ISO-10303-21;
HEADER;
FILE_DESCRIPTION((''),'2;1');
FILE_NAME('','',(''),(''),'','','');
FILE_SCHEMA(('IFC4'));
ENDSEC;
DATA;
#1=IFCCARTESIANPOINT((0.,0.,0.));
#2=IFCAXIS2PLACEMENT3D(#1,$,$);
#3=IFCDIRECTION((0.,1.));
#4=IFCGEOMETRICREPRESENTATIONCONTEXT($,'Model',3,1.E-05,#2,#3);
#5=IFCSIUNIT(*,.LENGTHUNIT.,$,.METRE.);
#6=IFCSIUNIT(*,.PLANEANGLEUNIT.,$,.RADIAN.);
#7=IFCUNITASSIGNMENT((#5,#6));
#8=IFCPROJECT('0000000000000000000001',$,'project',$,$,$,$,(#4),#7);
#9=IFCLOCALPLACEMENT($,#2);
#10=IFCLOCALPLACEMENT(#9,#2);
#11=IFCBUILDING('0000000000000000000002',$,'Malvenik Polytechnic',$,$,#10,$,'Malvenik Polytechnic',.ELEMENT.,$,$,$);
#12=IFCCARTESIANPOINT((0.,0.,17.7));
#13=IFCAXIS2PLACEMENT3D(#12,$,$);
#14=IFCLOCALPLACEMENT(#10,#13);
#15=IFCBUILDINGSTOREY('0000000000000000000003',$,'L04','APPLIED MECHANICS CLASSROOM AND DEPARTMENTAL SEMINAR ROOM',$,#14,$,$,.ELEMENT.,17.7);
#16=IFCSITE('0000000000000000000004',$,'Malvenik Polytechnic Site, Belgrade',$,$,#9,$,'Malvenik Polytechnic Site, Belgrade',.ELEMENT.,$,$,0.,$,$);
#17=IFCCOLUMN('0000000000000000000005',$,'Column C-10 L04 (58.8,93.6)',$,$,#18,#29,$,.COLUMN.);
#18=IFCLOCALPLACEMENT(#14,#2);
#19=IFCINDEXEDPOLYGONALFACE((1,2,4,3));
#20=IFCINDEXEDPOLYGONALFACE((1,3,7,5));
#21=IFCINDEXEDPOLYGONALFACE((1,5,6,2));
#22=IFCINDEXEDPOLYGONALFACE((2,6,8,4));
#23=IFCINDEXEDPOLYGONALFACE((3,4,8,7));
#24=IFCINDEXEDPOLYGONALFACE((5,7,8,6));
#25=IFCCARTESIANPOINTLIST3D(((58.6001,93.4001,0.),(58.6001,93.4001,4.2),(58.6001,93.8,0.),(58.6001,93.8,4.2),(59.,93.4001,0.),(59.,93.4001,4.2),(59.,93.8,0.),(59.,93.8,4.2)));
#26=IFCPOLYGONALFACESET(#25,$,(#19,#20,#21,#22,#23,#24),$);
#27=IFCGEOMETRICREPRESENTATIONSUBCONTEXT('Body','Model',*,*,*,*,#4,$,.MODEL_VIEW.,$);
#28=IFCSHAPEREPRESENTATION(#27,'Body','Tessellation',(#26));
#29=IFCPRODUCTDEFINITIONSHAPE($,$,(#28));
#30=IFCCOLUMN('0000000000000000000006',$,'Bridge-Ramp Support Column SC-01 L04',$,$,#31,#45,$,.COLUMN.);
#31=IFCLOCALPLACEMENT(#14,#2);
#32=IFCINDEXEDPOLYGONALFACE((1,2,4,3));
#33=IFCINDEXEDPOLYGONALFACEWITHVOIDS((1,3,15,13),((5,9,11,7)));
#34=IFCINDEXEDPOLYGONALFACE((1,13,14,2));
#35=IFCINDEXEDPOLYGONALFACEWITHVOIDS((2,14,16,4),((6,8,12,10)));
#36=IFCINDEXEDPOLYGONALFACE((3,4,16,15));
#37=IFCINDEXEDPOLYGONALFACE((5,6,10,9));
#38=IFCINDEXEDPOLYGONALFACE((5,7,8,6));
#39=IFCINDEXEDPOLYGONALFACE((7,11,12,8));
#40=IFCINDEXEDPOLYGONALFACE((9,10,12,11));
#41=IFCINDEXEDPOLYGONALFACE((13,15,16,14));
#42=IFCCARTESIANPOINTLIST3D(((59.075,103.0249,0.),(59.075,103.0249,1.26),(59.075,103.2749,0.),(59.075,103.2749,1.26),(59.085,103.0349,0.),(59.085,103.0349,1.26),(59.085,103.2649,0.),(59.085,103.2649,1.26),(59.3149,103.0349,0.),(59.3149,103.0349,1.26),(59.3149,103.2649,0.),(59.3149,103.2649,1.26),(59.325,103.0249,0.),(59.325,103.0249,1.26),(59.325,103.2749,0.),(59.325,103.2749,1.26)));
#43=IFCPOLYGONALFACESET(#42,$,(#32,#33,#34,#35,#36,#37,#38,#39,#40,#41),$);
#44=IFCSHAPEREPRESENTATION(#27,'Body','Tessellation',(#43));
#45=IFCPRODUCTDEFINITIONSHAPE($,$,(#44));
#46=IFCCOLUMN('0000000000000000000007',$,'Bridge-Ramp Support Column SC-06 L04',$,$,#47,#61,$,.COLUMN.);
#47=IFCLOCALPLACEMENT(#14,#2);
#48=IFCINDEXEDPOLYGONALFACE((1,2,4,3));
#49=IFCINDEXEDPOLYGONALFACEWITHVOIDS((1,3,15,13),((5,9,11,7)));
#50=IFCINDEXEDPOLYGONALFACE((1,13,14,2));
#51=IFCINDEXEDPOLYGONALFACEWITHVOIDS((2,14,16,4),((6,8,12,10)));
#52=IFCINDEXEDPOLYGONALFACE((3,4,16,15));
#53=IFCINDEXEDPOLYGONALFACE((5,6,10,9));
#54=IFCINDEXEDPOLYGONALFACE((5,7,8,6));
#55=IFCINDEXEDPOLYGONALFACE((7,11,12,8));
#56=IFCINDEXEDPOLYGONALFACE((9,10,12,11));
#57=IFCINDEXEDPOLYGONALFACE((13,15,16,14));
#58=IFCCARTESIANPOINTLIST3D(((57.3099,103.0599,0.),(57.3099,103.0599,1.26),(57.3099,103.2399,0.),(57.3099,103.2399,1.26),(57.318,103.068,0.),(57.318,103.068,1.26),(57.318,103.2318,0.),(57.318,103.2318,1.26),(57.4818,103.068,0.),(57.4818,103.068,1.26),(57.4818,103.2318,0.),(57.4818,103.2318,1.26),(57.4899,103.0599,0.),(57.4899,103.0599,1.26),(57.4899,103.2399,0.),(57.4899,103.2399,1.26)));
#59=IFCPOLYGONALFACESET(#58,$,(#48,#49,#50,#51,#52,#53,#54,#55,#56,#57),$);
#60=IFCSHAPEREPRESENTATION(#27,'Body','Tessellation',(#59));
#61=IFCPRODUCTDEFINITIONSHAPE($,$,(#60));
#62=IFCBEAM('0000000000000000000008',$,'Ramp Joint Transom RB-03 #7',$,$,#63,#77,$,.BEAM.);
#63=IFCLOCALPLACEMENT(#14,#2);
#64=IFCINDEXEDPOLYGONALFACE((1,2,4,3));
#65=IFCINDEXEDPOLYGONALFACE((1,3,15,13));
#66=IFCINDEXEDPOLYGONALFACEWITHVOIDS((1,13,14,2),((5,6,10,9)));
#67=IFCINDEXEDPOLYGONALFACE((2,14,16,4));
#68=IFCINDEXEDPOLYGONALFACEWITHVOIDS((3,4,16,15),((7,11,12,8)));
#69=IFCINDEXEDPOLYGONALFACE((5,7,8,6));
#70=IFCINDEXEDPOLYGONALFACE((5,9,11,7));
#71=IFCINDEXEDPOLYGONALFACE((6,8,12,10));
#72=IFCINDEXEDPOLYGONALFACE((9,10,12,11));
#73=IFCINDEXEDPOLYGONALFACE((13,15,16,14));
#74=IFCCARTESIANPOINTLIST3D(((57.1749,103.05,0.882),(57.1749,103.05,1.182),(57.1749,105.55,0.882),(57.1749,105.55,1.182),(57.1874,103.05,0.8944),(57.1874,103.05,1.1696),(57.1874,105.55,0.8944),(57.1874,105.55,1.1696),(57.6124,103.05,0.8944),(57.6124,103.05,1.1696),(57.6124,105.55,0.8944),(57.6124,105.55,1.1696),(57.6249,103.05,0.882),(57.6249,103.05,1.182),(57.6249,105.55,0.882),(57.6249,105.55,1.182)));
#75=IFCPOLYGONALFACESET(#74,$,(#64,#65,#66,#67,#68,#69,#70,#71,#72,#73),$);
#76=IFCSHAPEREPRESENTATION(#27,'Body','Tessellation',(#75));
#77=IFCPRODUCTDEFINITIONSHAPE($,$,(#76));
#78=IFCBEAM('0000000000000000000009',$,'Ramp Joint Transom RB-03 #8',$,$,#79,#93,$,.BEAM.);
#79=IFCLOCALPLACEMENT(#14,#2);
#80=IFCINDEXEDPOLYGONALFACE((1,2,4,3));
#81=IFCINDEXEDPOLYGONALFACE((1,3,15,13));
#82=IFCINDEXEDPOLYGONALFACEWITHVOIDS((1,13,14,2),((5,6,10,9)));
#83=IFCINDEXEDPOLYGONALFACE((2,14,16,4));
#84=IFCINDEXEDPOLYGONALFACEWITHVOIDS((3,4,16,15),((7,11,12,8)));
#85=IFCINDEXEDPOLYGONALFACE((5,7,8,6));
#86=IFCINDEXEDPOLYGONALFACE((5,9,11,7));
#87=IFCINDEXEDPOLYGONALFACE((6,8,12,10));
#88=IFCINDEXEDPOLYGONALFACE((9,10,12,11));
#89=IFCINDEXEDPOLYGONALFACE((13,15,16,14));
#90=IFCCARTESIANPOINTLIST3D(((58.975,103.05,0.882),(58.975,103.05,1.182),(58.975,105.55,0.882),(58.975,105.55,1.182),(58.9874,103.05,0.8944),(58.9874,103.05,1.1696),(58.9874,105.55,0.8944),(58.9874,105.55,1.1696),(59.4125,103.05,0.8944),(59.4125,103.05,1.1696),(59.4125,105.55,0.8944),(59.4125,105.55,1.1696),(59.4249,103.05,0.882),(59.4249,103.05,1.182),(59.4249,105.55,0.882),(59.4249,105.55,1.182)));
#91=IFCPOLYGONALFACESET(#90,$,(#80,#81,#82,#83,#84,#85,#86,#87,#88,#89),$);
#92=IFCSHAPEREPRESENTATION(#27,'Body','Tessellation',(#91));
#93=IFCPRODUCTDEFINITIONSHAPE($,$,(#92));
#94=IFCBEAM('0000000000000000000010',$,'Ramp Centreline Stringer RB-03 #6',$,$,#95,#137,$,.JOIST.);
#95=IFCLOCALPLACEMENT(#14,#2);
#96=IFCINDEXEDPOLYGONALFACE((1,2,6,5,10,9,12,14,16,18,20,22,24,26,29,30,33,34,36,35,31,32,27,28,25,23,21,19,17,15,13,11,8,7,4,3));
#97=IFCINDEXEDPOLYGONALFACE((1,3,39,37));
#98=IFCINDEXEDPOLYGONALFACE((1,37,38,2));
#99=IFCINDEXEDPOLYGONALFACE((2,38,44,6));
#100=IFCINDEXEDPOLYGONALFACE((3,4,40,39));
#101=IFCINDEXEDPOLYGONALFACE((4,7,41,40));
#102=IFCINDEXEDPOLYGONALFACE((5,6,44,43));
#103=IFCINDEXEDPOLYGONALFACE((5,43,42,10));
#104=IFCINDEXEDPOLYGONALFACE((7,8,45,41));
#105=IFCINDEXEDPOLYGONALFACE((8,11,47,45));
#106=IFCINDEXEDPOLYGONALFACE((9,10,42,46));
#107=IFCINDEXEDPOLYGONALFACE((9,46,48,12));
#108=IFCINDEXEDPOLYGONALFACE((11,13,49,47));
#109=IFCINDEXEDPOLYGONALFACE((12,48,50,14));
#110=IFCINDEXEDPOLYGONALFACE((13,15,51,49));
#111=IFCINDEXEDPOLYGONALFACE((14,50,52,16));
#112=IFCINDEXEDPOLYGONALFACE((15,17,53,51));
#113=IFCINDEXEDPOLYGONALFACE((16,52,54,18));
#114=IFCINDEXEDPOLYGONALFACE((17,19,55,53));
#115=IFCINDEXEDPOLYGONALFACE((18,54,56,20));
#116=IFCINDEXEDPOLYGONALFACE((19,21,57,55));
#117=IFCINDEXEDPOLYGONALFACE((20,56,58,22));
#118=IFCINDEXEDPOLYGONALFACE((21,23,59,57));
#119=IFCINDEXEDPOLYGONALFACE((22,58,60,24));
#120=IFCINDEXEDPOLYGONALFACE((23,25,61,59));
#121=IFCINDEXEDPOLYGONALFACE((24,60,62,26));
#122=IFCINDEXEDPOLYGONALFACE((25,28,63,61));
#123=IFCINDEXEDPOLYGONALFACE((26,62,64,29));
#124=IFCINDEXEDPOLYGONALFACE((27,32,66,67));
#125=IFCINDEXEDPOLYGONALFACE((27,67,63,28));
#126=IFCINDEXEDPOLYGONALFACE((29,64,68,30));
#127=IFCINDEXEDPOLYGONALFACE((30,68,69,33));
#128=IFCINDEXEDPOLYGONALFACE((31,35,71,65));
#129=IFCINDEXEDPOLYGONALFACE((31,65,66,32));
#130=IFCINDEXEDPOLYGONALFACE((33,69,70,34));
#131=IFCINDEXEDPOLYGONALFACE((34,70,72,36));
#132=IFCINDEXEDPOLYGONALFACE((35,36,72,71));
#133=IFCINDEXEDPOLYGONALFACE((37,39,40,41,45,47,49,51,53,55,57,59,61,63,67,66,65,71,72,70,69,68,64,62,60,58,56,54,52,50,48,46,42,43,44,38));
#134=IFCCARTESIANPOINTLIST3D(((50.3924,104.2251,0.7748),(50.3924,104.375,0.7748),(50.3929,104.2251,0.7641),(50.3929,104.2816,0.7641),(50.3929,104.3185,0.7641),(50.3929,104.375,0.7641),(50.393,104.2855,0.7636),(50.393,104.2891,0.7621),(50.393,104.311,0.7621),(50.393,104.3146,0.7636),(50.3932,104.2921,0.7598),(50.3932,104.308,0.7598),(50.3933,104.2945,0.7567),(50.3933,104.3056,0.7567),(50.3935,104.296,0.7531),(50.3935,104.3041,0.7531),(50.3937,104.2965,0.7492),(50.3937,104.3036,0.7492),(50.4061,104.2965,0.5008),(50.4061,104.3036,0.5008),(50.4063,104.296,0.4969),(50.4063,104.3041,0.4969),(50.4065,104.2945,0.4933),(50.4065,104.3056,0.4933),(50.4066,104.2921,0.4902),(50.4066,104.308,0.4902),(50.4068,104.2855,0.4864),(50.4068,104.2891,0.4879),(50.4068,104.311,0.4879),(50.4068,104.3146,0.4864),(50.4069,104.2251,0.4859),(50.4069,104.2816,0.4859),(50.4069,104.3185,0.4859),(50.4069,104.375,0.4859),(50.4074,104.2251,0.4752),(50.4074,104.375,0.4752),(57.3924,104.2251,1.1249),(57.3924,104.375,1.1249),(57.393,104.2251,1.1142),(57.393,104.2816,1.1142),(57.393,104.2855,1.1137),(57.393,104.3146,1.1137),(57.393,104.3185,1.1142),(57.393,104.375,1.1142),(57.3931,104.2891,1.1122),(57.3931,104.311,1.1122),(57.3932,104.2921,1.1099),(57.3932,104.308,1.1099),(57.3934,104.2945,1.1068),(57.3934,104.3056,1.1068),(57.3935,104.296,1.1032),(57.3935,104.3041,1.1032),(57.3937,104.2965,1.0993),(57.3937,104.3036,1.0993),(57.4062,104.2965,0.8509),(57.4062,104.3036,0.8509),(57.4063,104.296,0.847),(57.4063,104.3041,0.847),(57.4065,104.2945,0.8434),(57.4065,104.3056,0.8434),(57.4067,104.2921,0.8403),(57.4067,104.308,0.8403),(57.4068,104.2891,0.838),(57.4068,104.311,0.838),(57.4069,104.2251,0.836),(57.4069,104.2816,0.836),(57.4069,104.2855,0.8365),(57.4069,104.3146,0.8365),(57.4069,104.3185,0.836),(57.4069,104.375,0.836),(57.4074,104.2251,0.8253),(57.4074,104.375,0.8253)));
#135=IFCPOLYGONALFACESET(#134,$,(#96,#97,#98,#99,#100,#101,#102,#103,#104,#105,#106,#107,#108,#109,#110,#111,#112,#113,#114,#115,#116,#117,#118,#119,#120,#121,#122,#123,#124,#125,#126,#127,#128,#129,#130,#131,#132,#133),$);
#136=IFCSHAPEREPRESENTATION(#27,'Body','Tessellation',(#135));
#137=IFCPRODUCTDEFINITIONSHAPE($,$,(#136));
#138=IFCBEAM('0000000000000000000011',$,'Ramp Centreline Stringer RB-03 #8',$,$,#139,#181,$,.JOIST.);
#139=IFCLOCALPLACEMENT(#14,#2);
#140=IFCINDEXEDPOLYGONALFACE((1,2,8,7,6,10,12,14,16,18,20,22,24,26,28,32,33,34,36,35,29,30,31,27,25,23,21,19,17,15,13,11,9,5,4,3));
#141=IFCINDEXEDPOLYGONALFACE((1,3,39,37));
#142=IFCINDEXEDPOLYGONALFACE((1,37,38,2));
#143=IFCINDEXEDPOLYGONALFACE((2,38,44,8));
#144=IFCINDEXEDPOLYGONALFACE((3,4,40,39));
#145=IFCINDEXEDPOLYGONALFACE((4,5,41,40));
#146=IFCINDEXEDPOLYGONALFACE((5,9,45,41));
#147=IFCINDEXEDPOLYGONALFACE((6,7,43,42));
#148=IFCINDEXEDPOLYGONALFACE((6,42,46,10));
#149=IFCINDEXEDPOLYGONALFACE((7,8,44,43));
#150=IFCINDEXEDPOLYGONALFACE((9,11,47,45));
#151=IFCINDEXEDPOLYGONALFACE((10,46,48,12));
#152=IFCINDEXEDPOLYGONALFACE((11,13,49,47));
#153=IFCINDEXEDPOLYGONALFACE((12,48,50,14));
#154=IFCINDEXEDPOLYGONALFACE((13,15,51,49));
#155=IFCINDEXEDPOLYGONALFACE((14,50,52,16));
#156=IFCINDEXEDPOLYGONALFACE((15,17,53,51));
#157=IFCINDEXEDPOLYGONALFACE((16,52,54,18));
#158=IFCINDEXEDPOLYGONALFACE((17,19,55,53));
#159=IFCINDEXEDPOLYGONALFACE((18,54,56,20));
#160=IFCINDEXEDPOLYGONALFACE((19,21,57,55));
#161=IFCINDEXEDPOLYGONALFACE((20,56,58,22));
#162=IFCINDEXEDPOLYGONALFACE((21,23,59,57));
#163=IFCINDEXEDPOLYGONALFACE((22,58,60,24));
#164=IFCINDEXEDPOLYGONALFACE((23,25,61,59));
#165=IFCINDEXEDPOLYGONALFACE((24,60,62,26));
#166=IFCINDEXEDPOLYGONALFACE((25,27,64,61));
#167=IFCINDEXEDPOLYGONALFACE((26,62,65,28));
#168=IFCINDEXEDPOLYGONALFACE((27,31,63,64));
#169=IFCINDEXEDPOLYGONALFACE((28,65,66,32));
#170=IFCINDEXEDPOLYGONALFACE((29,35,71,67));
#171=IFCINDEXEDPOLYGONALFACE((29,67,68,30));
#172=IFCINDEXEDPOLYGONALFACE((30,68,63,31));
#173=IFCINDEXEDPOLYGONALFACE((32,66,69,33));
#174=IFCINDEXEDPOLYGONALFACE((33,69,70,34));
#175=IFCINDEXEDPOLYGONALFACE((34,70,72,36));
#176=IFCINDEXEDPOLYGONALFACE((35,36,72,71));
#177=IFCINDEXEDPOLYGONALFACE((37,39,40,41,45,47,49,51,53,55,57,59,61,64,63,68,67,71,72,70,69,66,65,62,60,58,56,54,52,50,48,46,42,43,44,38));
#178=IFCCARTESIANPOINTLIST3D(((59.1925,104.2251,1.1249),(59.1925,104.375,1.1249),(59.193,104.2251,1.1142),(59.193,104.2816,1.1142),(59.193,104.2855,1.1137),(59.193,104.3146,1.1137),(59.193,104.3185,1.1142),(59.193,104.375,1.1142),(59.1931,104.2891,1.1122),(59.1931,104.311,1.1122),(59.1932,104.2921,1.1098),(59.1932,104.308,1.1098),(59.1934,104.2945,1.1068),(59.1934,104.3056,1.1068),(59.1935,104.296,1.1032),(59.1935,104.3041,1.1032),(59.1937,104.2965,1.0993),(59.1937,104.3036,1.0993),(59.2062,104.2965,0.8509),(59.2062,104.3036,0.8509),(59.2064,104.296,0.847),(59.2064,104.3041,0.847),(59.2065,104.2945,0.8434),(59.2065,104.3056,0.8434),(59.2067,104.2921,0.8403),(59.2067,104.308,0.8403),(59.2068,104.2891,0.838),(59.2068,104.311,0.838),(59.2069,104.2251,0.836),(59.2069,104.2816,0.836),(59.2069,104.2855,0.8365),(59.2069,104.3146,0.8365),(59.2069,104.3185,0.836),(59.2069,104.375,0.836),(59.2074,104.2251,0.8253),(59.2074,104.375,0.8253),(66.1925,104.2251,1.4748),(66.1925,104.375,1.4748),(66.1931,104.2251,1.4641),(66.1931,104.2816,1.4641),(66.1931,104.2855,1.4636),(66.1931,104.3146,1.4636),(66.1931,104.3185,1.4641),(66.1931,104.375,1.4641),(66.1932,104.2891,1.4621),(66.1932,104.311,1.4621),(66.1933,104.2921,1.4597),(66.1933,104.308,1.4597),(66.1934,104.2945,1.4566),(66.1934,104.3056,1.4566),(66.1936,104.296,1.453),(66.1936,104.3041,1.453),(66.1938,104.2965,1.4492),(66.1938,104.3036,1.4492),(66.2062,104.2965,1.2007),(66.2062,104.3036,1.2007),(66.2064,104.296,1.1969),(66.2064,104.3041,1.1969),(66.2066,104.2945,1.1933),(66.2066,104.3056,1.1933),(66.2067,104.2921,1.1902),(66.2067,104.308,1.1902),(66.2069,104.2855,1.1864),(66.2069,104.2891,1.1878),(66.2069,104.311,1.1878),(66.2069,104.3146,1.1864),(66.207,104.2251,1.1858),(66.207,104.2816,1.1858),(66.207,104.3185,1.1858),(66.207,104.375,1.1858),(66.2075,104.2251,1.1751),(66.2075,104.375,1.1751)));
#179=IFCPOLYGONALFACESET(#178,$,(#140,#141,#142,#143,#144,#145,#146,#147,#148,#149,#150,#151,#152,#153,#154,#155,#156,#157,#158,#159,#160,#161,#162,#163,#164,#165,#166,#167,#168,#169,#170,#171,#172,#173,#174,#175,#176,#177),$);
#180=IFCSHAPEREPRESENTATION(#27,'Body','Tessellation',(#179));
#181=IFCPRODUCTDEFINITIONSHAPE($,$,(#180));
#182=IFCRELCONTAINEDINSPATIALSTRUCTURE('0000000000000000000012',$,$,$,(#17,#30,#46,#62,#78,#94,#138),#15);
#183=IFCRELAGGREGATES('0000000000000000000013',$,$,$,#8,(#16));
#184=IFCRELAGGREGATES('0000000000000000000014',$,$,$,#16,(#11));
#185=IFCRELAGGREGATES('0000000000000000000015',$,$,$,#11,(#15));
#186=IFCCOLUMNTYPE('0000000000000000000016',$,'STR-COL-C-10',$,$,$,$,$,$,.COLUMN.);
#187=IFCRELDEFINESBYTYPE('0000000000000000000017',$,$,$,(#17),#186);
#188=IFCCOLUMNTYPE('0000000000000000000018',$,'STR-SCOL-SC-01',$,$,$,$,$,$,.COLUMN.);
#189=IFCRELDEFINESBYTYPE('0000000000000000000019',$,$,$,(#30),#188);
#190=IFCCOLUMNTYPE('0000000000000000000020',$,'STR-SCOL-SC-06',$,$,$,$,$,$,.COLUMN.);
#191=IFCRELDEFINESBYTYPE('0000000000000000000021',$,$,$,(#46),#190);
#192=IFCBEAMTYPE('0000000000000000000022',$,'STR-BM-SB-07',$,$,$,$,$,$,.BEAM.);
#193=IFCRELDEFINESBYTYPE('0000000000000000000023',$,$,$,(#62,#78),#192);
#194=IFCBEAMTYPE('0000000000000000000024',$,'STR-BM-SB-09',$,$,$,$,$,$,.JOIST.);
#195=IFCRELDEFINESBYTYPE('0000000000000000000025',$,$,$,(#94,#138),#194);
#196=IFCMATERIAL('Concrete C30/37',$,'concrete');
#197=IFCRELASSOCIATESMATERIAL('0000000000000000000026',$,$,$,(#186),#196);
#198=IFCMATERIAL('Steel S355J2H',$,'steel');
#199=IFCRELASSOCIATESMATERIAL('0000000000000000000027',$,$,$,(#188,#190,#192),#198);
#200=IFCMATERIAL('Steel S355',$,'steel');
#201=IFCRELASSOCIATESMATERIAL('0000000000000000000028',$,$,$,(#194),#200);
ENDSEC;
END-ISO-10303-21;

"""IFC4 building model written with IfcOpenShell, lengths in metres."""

from ifc_helpers import new_model, si_unit, direction, frame, origin, origin_2d, place, context, subcontext, project, spatial, rectangle, hollow_rectangle, i_section, extrude, material, material_profile, profile_set, type_object, element, save


model = new_model("IFC4")

# Units and contexts
model_context = context("Model", 3, precision=1e-05, world=origin(), true_north=direction((0.0, 1.0)))
body_context = subcontext(model_context, "Body", "Model", "MODEL_VIEW")
ifc_project = project(units=[si_unit("LENGTHUNIT", "METRE"), si_unit("PLANEANGLEUNIT", "RADIAN")], contexts=[model_context])

# Site, building, storey
site_placement = place(None, origin())
site = spatial("IfcSite", under=ifc_project, at=site_placement, Name="Malvenik Polytechnic Site, Belgrade", LongName="Malvenik Polytechnic Site, Belgrade", CompositionType="ELEMENT", RefElevation=0.0)
building_placement = place(site_placement, origin())
building = spatial("IfcBuilding", under=site, at=building_placement, Name="Malvenik Polytechnic", LongName="Malvenik Polytechnic", CompositionType="ELEMENT")
storey_placement = place(building_placement, frame((0.0, 0.0, 17.7)))
storey = spatial("IfcBuildingStorey", under=building, at=storey_placement, Name="L04", Description="APPLIED MECHANICS CLASSROOM AND DEPARTMENTAL SEMINAR ROOM", CompositionType="ELEMENT", Elevation=17.7)

# Columns
ifc_material_1 = material(Name="Concrete C30/37", Category="concrete")
ifc_material_profile_1 = material_profile(ifc_material_1, rectangle(XDim=0.3999, YDim=0.3999, at=origin_2d()), Name="RC COL 400x400")
ifc_profile_set_1 = profile_set([ifc_material_profile_1], Name="Concrete C30/37")
column_type_1 = type_object("IfcColumnType", Name="STR-COL-C-10", PredefinedType="COLUMN", material=ifc_profile_set_1)
column_1_placement = place(storey_placement, frame((58.8, 93.6001, 0.0), z_axis=(0.0, 0.0, 1.0), x_axis=(1.0, 0.0, 0.0)))
element("IfcColumn", 1, at=column_1_placement, inside=storey, type_object=column_type_1, Name="Column C-10 L04 (58.8,93.6)", PredefinedType="COLUMN", context=body_context, shape_type="SweptSolid", body=[
    extrude(rectangle(XDim=0.3999, YDim=0.3999, at=origin_2d()), origin(), (0.0, 0.0, 1.0), 4.2),
])
ifc_material_2 = material(Name="Steel S355J2H", Category="steel")
ifc_material_profile_2 = material_profile(ifc_material_2, hollow_rectangle(XDim=0.25, YDim=0.25, WallThickness=0.01, at=origin_2d()), Name="SHS 250x250x10.0")
ifc_profile_set_2 = profile_set([ifc_material_profile_2], Name="Steel S355J2H")
column_type_2 = type_object("IfcColumnType", Name="STR-SCOL-SC-01", PredefinedType="COLUMN", material=ifc_profile_set_2)
column_2_placement = place(storey_placement, frame((59.2, 103.1499, 0.0), z_axis=(0.0, 0.0, 1.0), x_axis=(1.0, 0.0, 0.0)))
element("IfcColumn", 2, at=column_2_placement, inside=storey, type_object=column_type_2, Name="Bridge-Ramp Support Column SC-01 L04", PredefinedType="COLUMN", context=body_context, shape_type="SweptSolid", body=[
    extrude(hollow_rectangle(XDim=0.25, YDim=0.25, WallThickness=0.01, at=origin_2d()), origin(), (0.0, 0.0, 1.0), 1.26),
])
ifc_material_profile_3 = material_profile(ifc_material_2, hollow_rectangle(XDim=0.1799, YDim=0.1799, WallThickness=0.0081, at=origin_2d()), Name="SHS 180x180x8.0")
ifc_profile_set_3 = profile_set([ifc_material_profile_3], Name="Steel S355J2H")
column_type_3 = type_object("IfcColumnType", Name="STR-SCOL-SC-06", PredefinedType="COLUMN", material=ifc_profile_set_3)
column_3_placement = place(storey_placement, frame((57.3999, 103.1499, 0.0), z_axis=(0.0, 0.0, 1.0), x_axis=(1.0, 0.0, 0.0)))
element("IfcColumn", 3, at=column_3_placement, inside=storey, type_object=column_type_3, Name="Bridge-Ramp Support Column SC-06 L04", PredefinedType="COLUMN", context=body_context, shape_type="SweptSolid", body=[
    extrude(hollow_rectangle(XDim=0.1799, YDim=0.1799, WallThickness=0.0081, at=origin_2d()), origin(), (0.0, 0.0, 1.0), 1.26),
])

# Beams
ifc_material_profile_4 = material_profile(ifc_material_2, hollow_rectangle(XDim=0.45, YDim=0.3, WallThickness=0.0125, at=origin_2d()), Name="RHS 450x300x12.5")
ifc_profile_set_4 = profile_set([ifc_material_profile_4], Name="Steel S355J2H")
beam_type_1 = type_object("IfcBeamType", Name="STR-BM-SB-07", PredefinedType="BEAM", material=ifc_profile_set_4)
for number, where, z_axis, x_axis, name in (
    (4, (57.3999, 103.05, 1.032), (0.0, 1.0, 0.0), (-1.0, 0.0, 0.0), "Ramp Joint Transom RB-03 #7"),
    (5, (59.2, 103.05, 1.032), (0.0, 1.0, 0.0), (-1.0, 0.0, 0.0), "Ramp Joint Transom RB-03 #8"),
):
    element("IfcBeam", number, at=place(storey_placement, frame(where, z_axis=z_axis, x_axis=x_axis)), inside=storey, type_object=beam_type_1, Name=name, PredefinedType="BEAM", context=body_context, shape_type="SweptSolid", body=[
        extrude(hollow_rectangle(XDim=0.45, YDim=0.3, WallThickness=0.0125, at=origin_2d()), origin(), (0.0, 0.0, 1.0), 2.5),
    ])
ifc_material_3 = material(Name="Steel S355", Category="steel")
ifc_material_profile_5 = material_profile(ifc_material_3, i_section(OverallWidth=0.1499, OverallDepth=0.3, WebThickness=0.0071, FlangeThickness=0.0107, FilletRadius=0.0149, at=origin_2d()), Name="IPE 300")
ifc_profile_set_5 = profile_set([ifc_material_profile_5], Name="Steel S355")
beam_type_2 = type_object("IfcBeamType", Name="STR-BM-SB-09", PredefinedType="JOIST", material=ifc_profile_set_5)
for number, where, z_axis, x_axis, name in (
    (6, (50.3999, 104.3, 0.625), (0.998752, 0.0, 0.049952), (0.0, 1.0, 0.0), "Ramp Centreline Stringer RB-03 #6"),
    (7, (59.2, 104.3, 0.9751), (0.998753, 0.0, 0.049917), (0.0, 1.0, 0.0), "Ramp Centreline Stringer RB-03 #8"),
):
    element("IfcBeam", number, at=place(storey_placement, frame(where, z_axis=z_axis, x_axis=x_axis)), inside=storey, type_object=beam_type_2, Name=name, PredefinedType="JOIST", context=body_context, shape_type="SweptSolid", body=[
        extrude(i_section(OverallWidth=0.1499, OverallDepth=0.3, WebThickness=0.0071, FlangeThickness=0.0107, FilletRadius=0.0149, at=origin_2d()), origin(), (0.0, 0.0, 1.0), 7.0088),
    ])

save(model, "model.ifc")
